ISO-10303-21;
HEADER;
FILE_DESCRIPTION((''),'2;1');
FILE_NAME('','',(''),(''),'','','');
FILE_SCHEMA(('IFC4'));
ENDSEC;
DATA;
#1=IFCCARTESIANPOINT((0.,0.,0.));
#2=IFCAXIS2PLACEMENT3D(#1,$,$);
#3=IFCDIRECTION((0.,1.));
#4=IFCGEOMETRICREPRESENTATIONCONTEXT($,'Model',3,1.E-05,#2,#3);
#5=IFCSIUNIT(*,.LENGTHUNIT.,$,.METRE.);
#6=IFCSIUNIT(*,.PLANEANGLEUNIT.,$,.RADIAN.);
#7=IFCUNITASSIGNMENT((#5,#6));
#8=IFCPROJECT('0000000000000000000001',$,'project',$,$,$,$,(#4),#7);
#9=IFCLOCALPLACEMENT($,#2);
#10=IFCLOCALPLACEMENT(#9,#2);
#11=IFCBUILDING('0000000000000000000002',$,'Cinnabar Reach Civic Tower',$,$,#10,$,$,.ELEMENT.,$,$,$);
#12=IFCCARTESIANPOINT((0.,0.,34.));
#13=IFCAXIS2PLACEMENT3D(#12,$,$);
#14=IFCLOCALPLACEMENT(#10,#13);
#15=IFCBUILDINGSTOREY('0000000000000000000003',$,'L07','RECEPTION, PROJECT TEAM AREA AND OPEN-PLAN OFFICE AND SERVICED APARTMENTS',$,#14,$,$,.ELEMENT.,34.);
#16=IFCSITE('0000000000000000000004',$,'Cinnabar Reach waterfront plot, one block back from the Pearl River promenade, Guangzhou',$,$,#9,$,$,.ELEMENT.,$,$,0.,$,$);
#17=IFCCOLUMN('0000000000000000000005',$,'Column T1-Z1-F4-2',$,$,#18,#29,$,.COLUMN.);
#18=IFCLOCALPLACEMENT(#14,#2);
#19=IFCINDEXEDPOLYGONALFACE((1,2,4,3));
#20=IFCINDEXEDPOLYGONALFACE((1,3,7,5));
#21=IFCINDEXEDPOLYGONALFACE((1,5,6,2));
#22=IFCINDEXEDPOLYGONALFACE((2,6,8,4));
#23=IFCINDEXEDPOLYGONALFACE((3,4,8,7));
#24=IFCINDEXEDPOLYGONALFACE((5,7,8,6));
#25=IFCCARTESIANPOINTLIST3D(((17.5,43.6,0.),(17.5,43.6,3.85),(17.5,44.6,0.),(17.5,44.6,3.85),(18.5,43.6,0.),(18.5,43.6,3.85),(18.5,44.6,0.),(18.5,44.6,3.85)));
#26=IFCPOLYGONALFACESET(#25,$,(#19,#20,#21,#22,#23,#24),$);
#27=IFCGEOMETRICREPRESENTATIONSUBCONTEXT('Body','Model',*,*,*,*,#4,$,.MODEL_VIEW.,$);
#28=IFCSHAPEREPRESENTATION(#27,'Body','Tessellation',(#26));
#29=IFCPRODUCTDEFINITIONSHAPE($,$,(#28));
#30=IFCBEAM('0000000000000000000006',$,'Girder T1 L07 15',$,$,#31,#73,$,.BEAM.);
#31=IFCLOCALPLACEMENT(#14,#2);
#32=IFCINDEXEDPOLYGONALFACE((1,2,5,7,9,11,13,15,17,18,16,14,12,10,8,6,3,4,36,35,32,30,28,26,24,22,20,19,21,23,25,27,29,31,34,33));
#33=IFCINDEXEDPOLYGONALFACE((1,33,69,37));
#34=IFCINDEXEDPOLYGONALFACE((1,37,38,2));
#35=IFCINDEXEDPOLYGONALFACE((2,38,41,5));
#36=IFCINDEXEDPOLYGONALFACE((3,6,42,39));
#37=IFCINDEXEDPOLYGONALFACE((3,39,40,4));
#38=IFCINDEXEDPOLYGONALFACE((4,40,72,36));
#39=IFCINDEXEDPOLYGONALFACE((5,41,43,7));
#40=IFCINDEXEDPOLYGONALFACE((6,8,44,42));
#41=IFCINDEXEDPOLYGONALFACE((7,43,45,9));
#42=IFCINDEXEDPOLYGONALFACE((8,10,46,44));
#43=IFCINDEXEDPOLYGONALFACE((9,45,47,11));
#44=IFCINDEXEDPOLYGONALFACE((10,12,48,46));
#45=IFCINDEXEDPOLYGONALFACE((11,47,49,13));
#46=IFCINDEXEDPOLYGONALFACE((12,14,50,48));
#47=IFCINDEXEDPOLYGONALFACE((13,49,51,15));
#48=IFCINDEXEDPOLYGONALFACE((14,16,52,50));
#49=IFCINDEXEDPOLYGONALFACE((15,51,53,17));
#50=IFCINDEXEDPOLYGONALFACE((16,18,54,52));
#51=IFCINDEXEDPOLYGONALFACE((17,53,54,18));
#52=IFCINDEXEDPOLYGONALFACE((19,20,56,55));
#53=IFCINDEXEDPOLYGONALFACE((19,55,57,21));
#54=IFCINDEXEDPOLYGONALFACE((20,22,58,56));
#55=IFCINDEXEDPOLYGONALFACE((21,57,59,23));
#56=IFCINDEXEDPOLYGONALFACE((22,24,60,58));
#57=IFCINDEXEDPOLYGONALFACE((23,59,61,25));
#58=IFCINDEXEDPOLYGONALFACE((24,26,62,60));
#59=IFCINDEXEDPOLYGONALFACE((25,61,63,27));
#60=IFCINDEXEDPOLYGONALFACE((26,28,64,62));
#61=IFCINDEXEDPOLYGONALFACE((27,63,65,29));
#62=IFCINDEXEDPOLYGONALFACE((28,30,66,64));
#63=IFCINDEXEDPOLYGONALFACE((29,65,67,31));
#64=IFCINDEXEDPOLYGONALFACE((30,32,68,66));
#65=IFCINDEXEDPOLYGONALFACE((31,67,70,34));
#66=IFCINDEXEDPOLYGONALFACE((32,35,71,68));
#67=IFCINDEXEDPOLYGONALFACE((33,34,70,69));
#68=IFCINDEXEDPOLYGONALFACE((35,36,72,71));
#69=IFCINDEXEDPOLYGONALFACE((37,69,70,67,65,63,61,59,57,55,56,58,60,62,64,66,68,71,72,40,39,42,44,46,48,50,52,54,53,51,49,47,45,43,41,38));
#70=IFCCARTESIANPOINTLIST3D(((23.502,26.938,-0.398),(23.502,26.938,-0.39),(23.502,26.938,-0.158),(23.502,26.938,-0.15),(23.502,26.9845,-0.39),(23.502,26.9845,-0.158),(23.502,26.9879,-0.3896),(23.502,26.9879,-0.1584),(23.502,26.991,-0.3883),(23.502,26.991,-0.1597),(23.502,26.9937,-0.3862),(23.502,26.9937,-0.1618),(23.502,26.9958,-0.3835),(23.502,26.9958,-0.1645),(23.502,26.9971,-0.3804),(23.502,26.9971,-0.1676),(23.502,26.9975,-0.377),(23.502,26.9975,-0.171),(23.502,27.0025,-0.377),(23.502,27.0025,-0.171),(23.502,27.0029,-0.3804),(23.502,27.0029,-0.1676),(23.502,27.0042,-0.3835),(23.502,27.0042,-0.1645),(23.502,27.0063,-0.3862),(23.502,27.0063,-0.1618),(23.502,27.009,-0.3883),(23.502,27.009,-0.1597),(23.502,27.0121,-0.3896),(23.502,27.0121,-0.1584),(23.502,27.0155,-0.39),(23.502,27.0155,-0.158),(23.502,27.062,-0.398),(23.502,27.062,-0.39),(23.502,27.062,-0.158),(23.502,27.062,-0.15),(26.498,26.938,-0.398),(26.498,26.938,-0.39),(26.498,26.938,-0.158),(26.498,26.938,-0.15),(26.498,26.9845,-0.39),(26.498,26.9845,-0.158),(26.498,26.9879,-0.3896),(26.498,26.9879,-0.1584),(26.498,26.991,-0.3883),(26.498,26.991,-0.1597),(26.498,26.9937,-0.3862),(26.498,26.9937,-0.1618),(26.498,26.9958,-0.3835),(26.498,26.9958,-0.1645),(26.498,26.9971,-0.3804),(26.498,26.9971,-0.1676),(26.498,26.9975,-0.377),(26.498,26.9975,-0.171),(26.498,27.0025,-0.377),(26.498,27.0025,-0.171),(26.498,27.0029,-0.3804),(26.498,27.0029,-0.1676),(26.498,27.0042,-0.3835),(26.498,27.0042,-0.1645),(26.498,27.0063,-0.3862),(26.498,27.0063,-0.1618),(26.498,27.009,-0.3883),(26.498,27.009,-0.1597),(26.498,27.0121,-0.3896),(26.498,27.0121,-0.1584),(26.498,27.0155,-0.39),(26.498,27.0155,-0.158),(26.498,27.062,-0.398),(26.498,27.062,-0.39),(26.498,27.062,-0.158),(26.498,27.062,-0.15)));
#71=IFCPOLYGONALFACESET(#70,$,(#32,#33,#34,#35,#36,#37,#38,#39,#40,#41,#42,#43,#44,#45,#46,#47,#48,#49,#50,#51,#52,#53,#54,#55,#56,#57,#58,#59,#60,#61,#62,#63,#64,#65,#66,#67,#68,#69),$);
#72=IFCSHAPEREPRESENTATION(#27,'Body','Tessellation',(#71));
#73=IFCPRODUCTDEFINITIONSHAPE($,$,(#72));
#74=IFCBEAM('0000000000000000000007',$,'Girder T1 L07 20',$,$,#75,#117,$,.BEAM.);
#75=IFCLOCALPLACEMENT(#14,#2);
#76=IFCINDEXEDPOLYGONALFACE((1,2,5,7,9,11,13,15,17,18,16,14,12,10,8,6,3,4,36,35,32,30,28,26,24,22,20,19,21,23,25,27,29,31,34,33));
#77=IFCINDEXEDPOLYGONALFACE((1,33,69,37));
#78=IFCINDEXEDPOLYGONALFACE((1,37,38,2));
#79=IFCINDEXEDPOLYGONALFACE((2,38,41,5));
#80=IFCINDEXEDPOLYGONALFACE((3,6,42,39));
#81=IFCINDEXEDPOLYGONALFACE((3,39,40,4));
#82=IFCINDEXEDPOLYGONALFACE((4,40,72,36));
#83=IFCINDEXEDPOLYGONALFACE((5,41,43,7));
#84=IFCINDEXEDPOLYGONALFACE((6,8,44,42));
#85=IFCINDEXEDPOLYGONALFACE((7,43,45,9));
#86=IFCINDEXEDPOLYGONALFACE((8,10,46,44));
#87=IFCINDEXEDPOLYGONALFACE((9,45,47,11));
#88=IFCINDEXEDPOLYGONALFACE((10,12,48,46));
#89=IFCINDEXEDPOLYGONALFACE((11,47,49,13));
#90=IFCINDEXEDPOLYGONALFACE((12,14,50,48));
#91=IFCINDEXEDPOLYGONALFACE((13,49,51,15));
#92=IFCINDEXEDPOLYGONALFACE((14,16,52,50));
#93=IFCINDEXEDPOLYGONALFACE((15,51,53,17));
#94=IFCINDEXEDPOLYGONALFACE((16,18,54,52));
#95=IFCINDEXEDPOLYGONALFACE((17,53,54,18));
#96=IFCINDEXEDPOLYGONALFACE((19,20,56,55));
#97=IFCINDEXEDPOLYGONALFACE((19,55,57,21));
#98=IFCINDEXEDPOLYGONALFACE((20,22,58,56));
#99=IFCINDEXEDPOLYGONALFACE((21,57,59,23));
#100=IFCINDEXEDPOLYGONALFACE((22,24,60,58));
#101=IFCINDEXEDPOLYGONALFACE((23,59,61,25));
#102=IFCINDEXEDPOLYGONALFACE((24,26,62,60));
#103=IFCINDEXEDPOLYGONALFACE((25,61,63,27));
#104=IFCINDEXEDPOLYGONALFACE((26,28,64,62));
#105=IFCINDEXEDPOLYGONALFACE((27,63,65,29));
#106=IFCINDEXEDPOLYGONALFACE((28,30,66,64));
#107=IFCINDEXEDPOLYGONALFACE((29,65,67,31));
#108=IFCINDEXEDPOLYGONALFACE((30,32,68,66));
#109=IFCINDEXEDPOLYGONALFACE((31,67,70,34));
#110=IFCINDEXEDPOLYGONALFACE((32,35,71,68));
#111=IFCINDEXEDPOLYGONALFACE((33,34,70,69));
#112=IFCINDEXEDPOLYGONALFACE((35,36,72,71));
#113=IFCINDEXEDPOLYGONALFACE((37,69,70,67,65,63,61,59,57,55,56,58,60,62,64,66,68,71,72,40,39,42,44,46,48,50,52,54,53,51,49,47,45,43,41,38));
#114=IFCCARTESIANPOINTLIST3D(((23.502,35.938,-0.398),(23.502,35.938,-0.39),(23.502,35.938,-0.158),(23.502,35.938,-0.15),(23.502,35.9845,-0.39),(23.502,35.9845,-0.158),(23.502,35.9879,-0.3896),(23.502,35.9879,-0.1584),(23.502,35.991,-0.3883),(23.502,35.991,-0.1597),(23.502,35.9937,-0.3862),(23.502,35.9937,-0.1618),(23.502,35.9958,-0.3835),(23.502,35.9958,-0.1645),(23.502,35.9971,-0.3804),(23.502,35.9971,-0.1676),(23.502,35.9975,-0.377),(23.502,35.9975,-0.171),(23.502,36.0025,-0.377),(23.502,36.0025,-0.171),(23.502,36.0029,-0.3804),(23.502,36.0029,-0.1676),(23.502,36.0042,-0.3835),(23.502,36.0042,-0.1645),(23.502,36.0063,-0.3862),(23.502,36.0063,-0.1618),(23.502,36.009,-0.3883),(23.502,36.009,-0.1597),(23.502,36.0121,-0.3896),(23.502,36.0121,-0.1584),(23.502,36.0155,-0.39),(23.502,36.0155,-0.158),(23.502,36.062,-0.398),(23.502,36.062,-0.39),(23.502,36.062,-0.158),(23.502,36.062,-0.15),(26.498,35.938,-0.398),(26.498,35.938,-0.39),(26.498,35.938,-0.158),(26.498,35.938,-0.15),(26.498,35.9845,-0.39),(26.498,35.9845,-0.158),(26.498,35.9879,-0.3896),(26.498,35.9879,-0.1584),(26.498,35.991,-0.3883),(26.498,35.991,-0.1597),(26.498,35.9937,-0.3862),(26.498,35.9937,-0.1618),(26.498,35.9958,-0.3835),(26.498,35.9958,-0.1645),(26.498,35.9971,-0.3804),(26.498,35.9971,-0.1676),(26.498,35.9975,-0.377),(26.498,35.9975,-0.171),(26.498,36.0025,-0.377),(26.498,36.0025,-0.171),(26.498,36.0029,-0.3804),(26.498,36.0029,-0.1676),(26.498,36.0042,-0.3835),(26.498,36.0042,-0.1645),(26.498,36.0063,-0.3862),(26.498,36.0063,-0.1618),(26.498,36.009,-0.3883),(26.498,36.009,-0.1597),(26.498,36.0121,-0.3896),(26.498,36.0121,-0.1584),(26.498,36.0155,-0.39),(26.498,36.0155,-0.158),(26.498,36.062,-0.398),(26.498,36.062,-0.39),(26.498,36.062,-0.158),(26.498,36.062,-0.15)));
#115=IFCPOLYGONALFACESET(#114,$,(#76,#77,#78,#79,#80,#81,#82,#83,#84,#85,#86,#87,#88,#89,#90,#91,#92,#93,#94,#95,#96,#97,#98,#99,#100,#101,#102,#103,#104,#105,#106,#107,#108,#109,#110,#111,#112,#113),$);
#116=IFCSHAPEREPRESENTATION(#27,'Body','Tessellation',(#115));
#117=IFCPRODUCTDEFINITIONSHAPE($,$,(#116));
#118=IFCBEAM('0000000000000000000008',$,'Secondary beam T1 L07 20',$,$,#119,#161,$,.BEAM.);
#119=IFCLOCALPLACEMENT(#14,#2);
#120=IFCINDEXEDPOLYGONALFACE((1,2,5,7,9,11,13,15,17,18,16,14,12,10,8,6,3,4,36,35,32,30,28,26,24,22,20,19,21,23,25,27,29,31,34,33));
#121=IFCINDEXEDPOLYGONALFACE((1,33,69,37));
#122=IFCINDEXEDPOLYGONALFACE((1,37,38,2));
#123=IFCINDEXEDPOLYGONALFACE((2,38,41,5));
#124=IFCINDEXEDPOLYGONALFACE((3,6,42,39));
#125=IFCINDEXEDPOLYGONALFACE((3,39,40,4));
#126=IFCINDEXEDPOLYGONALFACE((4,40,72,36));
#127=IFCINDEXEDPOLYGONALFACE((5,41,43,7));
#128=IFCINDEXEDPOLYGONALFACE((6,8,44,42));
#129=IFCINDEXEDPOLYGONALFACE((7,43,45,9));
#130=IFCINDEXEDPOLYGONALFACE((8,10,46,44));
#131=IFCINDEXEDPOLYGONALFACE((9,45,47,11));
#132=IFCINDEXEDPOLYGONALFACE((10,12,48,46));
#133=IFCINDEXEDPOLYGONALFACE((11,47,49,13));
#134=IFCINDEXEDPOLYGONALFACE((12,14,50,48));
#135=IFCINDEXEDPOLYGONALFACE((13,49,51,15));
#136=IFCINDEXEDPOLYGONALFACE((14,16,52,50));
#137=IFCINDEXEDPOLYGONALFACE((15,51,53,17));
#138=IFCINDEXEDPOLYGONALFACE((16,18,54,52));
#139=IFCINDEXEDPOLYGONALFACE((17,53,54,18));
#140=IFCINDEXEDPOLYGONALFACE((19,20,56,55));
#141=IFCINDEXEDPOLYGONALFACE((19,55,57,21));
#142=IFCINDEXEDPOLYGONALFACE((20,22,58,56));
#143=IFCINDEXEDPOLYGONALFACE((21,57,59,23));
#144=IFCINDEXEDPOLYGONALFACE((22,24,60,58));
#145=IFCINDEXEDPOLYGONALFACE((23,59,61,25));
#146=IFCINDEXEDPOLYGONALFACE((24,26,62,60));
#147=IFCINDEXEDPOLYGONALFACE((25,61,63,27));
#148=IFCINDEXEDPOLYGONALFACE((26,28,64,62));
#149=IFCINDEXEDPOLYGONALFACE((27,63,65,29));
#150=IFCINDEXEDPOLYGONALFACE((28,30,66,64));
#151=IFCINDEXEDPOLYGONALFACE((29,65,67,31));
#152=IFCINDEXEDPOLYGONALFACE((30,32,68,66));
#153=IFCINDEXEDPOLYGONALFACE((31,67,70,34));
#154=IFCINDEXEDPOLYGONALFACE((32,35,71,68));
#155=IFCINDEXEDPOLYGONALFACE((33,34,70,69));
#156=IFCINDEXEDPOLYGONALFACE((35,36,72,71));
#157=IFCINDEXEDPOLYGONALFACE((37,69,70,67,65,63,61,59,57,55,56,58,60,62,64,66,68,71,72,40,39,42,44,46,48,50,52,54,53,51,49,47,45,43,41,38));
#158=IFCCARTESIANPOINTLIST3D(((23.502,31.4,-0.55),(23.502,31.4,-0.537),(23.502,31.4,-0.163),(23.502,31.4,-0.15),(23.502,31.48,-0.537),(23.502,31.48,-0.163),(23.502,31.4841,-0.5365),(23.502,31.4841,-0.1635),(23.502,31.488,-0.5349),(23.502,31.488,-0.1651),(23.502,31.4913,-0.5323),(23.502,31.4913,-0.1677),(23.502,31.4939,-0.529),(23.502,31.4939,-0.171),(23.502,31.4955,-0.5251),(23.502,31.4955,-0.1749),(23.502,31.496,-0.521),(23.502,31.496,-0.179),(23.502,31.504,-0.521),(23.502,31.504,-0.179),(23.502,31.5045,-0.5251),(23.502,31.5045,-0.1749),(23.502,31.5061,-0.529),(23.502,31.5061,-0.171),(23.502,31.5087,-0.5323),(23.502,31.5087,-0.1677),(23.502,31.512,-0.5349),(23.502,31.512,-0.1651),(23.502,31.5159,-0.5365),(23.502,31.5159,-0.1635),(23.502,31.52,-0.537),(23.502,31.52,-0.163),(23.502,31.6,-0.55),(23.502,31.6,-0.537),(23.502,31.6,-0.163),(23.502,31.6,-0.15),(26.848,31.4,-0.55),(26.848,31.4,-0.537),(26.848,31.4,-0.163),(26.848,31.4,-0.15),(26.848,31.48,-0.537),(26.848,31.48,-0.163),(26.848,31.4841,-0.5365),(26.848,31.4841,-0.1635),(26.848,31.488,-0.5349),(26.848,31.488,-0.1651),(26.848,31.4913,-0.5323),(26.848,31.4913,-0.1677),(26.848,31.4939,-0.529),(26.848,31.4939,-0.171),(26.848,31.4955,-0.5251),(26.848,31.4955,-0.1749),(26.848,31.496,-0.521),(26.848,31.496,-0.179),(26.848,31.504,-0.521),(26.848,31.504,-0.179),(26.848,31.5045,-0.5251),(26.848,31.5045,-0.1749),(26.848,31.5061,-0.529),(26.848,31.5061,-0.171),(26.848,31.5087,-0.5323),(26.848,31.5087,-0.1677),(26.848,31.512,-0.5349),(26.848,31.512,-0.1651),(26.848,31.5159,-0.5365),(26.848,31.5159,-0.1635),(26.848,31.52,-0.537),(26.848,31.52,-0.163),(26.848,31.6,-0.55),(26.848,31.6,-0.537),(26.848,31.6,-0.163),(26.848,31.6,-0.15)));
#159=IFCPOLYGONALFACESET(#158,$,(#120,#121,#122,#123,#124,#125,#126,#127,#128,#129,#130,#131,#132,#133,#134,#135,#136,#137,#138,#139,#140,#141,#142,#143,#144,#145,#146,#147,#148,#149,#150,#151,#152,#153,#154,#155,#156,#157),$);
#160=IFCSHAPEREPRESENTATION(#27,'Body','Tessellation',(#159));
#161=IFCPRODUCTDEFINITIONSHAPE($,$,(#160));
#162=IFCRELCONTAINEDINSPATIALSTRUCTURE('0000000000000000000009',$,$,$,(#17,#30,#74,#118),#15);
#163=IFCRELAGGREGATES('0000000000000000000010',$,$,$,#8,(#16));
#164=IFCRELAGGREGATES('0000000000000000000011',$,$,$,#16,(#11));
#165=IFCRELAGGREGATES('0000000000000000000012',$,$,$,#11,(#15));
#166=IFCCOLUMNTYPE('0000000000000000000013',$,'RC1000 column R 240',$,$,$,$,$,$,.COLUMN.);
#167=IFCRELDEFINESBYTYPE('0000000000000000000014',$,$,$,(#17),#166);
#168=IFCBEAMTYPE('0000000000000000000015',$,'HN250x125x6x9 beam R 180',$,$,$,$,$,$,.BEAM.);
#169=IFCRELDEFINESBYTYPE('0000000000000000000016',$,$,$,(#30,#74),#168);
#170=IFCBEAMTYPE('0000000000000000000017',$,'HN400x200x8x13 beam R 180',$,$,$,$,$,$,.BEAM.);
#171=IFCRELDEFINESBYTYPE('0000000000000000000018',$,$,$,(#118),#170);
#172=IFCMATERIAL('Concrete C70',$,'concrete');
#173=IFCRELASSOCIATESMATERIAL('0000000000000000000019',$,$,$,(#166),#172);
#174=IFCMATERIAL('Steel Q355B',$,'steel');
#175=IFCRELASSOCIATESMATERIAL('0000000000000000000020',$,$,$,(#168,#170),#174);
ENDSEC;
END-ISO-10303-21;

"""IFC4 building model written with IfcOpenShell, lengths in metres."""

from ifc_helpers import new_model, si_unit, direction, frame, origin, origin_2d, place, context, subcontext, project, spatial, rectangle, i_section, extrude, material, material_profile, profile_set, type_object, element, save


model = new_model("IFC4")

# Units and contexts
model_context = context("Model", 3, precision=1e-05, world=origin(), true_north=direction((0.0, 1.0)))
body_context = subcontext(model_context, "Body", "Model", "MODEL_VIEW")
ifc_project = project(units=[si_unit("LENGTHUNIT", "METRE"), si_unit("PLANEANGLEUNIT", "RADIAN")], contexts=[model_context])

# Site, building, storey
site_placement = place(None, origin())
site = spatial("IfcSite", under=ifc_project, at=site_placement, Name="Cinnabar Reach waterfront plot, one block back from the Pearl River promenade, Guangzhou", CompositionType="ELEMENT", RefElevation=0.0)
building_placement = place(site_placement, origin())
building = spatial("IfcBuilding", under=site, at=building_placement, Name="Cinnabar Reach Civic Tower", CompositionType="ELEMENT")
storey_placement = place(building_placement, frame((0.0, 0.0, 34.0)))
storey = spatial("IfcBuildingStorey", under=building, at=storey_placement, Name="L07", Description="RECEPTION, PROJECT TEAM AREA AND OPEN-PLAN OFFICE AND SERVICED APARTMENTS", CompositionType="ELEMENT", Elevation=34.0)

# Column
ifc_material_1 = material(Name="Concrete C70", Category="concrete")
ifc_material_profile_1 = material_profile(ifc_material_1, rectangle(XDim=1.0, YDim=1.0, at=origin_2d()), Name="RC1000")
ifc_profile_set_1 = profile_set([ifc_material_profile_1], Name="Concrete C70")
column_type = type_object("IfcColumnType", Name="RC1000 column R 240", PredefinedType="COLUMN", material=ifc_profile_set_1)
column_placement = place(storey_placement, frame((18.0, 44.1, 0.0), z_axis=(0.0, 0.0, 1.0), x_axis=(1.0, 0.0, 0.0)))
element("IfcColumn", 1, at=column_placement, inside=storey, type_object=column_type, Name="Column T1-Z1-F4-2", PredefinedType="COLUMN", context=body_context, shape_type="SweptSolid", body=[
    extrude(rectangle(XDim=1.0, YDim=1.0, at=origin_2d()), origin(), (0.0, 0.0, 1.0), 3.85),
])

# Beams
ifc_material_2 = material(Name="Steel Q355B", Category="steel")
ifc_material_profile_2 = material_profile(ifc_material_2, i_section(OverallWidth=0.124, OverallDepth=0.248, WebThickness=0.005, FlangeThickness=0.008, FilletRadius=0.013, at=origin_2d()), Name="HN250x125x6x9")
ifc_profile_set_2 = profile_set([ifc_material_profile_2], Name="Steel Q355B")
beam_type_1 = type_object("IfcBeamType", Name="HN250x125x6x9 beam R 180", PredefinedType="BEAM", material=ifc_profile_set_2)
for number, where, z_axis, x_axis, name in (
    (2, (23.502, 27.0, -0.274), (1.0, 0.0, 0.0), (0.0, 1.0, 0.0), "Girder T1 L07 15"),
    (3, (23.502, 36.0, -0.274), (1.0, 0.0, 0.0), (0.0, 1.0, 0.0), "Girder T1 L07 20"),
):
    element("IfcBeam", number, at=place(storey_placement, frame(where, z_axis=z_axis, x_axis=x_axis)), inside=storey, type_object=beam_type_1, Name=name, PredefinedType="BEAM", context=body_context, shape_type="SweptSolid", body=[
        extrude(i_section(OverallWidth=0.124, OverallDepth=0.248, WebThickness=0.005, FlangeThickness=0.008, FilletRadius=0.013, at=origin_2d()), origin(), (0.0, 0.0, 1.0), 2.996),
    ])
ifc_material_profile_3 = material_profile(ifc_material_2, i_section(OverallWidth=0.2, OverallDepth=0.4, WebThickness=0.008, FlangeThickness=0.013, FilletRadius=0.016, at=origin_2d()), Name="HN400x200x8x13")
ifc_profile_set_3 = profile_set([ifc_material_profile_3], Name="Steel Q355B")
beam_type_2 = type_object("IfcBeamType", Name="HN400x200x8x13 beam R 180", PredefinedType="BEAM", material=ifc_profile_set_3)
for number, where, z_axis, x_axis, name in (
    (4, (23.502, 31.5, -0.35), (1.0, 0.0, 0.0), (0.0, 1.0, 0.0), "Secondary beam T1 L07 20"),
):
    element("IfcBeam", number, at=place(storey_placement, frame(where, z_axis=z_axis, x_axis=x_axis)), inside=storey, type_object=beam_type_2, Name=name, PredefinedType="BEAM", context=body_context, shape_type="SweptSolid", body=[
        extrude(i_section(OverallWidth=0.2, OverallDepth=0.4, WebThickness=0.008, FlangeThickness=0.013, FilletRadius=0.016, at=origin_2d()), origin(), (0.0, 0.0, 1.0), 3.346),
    ])

save(model, "model.ifc")
